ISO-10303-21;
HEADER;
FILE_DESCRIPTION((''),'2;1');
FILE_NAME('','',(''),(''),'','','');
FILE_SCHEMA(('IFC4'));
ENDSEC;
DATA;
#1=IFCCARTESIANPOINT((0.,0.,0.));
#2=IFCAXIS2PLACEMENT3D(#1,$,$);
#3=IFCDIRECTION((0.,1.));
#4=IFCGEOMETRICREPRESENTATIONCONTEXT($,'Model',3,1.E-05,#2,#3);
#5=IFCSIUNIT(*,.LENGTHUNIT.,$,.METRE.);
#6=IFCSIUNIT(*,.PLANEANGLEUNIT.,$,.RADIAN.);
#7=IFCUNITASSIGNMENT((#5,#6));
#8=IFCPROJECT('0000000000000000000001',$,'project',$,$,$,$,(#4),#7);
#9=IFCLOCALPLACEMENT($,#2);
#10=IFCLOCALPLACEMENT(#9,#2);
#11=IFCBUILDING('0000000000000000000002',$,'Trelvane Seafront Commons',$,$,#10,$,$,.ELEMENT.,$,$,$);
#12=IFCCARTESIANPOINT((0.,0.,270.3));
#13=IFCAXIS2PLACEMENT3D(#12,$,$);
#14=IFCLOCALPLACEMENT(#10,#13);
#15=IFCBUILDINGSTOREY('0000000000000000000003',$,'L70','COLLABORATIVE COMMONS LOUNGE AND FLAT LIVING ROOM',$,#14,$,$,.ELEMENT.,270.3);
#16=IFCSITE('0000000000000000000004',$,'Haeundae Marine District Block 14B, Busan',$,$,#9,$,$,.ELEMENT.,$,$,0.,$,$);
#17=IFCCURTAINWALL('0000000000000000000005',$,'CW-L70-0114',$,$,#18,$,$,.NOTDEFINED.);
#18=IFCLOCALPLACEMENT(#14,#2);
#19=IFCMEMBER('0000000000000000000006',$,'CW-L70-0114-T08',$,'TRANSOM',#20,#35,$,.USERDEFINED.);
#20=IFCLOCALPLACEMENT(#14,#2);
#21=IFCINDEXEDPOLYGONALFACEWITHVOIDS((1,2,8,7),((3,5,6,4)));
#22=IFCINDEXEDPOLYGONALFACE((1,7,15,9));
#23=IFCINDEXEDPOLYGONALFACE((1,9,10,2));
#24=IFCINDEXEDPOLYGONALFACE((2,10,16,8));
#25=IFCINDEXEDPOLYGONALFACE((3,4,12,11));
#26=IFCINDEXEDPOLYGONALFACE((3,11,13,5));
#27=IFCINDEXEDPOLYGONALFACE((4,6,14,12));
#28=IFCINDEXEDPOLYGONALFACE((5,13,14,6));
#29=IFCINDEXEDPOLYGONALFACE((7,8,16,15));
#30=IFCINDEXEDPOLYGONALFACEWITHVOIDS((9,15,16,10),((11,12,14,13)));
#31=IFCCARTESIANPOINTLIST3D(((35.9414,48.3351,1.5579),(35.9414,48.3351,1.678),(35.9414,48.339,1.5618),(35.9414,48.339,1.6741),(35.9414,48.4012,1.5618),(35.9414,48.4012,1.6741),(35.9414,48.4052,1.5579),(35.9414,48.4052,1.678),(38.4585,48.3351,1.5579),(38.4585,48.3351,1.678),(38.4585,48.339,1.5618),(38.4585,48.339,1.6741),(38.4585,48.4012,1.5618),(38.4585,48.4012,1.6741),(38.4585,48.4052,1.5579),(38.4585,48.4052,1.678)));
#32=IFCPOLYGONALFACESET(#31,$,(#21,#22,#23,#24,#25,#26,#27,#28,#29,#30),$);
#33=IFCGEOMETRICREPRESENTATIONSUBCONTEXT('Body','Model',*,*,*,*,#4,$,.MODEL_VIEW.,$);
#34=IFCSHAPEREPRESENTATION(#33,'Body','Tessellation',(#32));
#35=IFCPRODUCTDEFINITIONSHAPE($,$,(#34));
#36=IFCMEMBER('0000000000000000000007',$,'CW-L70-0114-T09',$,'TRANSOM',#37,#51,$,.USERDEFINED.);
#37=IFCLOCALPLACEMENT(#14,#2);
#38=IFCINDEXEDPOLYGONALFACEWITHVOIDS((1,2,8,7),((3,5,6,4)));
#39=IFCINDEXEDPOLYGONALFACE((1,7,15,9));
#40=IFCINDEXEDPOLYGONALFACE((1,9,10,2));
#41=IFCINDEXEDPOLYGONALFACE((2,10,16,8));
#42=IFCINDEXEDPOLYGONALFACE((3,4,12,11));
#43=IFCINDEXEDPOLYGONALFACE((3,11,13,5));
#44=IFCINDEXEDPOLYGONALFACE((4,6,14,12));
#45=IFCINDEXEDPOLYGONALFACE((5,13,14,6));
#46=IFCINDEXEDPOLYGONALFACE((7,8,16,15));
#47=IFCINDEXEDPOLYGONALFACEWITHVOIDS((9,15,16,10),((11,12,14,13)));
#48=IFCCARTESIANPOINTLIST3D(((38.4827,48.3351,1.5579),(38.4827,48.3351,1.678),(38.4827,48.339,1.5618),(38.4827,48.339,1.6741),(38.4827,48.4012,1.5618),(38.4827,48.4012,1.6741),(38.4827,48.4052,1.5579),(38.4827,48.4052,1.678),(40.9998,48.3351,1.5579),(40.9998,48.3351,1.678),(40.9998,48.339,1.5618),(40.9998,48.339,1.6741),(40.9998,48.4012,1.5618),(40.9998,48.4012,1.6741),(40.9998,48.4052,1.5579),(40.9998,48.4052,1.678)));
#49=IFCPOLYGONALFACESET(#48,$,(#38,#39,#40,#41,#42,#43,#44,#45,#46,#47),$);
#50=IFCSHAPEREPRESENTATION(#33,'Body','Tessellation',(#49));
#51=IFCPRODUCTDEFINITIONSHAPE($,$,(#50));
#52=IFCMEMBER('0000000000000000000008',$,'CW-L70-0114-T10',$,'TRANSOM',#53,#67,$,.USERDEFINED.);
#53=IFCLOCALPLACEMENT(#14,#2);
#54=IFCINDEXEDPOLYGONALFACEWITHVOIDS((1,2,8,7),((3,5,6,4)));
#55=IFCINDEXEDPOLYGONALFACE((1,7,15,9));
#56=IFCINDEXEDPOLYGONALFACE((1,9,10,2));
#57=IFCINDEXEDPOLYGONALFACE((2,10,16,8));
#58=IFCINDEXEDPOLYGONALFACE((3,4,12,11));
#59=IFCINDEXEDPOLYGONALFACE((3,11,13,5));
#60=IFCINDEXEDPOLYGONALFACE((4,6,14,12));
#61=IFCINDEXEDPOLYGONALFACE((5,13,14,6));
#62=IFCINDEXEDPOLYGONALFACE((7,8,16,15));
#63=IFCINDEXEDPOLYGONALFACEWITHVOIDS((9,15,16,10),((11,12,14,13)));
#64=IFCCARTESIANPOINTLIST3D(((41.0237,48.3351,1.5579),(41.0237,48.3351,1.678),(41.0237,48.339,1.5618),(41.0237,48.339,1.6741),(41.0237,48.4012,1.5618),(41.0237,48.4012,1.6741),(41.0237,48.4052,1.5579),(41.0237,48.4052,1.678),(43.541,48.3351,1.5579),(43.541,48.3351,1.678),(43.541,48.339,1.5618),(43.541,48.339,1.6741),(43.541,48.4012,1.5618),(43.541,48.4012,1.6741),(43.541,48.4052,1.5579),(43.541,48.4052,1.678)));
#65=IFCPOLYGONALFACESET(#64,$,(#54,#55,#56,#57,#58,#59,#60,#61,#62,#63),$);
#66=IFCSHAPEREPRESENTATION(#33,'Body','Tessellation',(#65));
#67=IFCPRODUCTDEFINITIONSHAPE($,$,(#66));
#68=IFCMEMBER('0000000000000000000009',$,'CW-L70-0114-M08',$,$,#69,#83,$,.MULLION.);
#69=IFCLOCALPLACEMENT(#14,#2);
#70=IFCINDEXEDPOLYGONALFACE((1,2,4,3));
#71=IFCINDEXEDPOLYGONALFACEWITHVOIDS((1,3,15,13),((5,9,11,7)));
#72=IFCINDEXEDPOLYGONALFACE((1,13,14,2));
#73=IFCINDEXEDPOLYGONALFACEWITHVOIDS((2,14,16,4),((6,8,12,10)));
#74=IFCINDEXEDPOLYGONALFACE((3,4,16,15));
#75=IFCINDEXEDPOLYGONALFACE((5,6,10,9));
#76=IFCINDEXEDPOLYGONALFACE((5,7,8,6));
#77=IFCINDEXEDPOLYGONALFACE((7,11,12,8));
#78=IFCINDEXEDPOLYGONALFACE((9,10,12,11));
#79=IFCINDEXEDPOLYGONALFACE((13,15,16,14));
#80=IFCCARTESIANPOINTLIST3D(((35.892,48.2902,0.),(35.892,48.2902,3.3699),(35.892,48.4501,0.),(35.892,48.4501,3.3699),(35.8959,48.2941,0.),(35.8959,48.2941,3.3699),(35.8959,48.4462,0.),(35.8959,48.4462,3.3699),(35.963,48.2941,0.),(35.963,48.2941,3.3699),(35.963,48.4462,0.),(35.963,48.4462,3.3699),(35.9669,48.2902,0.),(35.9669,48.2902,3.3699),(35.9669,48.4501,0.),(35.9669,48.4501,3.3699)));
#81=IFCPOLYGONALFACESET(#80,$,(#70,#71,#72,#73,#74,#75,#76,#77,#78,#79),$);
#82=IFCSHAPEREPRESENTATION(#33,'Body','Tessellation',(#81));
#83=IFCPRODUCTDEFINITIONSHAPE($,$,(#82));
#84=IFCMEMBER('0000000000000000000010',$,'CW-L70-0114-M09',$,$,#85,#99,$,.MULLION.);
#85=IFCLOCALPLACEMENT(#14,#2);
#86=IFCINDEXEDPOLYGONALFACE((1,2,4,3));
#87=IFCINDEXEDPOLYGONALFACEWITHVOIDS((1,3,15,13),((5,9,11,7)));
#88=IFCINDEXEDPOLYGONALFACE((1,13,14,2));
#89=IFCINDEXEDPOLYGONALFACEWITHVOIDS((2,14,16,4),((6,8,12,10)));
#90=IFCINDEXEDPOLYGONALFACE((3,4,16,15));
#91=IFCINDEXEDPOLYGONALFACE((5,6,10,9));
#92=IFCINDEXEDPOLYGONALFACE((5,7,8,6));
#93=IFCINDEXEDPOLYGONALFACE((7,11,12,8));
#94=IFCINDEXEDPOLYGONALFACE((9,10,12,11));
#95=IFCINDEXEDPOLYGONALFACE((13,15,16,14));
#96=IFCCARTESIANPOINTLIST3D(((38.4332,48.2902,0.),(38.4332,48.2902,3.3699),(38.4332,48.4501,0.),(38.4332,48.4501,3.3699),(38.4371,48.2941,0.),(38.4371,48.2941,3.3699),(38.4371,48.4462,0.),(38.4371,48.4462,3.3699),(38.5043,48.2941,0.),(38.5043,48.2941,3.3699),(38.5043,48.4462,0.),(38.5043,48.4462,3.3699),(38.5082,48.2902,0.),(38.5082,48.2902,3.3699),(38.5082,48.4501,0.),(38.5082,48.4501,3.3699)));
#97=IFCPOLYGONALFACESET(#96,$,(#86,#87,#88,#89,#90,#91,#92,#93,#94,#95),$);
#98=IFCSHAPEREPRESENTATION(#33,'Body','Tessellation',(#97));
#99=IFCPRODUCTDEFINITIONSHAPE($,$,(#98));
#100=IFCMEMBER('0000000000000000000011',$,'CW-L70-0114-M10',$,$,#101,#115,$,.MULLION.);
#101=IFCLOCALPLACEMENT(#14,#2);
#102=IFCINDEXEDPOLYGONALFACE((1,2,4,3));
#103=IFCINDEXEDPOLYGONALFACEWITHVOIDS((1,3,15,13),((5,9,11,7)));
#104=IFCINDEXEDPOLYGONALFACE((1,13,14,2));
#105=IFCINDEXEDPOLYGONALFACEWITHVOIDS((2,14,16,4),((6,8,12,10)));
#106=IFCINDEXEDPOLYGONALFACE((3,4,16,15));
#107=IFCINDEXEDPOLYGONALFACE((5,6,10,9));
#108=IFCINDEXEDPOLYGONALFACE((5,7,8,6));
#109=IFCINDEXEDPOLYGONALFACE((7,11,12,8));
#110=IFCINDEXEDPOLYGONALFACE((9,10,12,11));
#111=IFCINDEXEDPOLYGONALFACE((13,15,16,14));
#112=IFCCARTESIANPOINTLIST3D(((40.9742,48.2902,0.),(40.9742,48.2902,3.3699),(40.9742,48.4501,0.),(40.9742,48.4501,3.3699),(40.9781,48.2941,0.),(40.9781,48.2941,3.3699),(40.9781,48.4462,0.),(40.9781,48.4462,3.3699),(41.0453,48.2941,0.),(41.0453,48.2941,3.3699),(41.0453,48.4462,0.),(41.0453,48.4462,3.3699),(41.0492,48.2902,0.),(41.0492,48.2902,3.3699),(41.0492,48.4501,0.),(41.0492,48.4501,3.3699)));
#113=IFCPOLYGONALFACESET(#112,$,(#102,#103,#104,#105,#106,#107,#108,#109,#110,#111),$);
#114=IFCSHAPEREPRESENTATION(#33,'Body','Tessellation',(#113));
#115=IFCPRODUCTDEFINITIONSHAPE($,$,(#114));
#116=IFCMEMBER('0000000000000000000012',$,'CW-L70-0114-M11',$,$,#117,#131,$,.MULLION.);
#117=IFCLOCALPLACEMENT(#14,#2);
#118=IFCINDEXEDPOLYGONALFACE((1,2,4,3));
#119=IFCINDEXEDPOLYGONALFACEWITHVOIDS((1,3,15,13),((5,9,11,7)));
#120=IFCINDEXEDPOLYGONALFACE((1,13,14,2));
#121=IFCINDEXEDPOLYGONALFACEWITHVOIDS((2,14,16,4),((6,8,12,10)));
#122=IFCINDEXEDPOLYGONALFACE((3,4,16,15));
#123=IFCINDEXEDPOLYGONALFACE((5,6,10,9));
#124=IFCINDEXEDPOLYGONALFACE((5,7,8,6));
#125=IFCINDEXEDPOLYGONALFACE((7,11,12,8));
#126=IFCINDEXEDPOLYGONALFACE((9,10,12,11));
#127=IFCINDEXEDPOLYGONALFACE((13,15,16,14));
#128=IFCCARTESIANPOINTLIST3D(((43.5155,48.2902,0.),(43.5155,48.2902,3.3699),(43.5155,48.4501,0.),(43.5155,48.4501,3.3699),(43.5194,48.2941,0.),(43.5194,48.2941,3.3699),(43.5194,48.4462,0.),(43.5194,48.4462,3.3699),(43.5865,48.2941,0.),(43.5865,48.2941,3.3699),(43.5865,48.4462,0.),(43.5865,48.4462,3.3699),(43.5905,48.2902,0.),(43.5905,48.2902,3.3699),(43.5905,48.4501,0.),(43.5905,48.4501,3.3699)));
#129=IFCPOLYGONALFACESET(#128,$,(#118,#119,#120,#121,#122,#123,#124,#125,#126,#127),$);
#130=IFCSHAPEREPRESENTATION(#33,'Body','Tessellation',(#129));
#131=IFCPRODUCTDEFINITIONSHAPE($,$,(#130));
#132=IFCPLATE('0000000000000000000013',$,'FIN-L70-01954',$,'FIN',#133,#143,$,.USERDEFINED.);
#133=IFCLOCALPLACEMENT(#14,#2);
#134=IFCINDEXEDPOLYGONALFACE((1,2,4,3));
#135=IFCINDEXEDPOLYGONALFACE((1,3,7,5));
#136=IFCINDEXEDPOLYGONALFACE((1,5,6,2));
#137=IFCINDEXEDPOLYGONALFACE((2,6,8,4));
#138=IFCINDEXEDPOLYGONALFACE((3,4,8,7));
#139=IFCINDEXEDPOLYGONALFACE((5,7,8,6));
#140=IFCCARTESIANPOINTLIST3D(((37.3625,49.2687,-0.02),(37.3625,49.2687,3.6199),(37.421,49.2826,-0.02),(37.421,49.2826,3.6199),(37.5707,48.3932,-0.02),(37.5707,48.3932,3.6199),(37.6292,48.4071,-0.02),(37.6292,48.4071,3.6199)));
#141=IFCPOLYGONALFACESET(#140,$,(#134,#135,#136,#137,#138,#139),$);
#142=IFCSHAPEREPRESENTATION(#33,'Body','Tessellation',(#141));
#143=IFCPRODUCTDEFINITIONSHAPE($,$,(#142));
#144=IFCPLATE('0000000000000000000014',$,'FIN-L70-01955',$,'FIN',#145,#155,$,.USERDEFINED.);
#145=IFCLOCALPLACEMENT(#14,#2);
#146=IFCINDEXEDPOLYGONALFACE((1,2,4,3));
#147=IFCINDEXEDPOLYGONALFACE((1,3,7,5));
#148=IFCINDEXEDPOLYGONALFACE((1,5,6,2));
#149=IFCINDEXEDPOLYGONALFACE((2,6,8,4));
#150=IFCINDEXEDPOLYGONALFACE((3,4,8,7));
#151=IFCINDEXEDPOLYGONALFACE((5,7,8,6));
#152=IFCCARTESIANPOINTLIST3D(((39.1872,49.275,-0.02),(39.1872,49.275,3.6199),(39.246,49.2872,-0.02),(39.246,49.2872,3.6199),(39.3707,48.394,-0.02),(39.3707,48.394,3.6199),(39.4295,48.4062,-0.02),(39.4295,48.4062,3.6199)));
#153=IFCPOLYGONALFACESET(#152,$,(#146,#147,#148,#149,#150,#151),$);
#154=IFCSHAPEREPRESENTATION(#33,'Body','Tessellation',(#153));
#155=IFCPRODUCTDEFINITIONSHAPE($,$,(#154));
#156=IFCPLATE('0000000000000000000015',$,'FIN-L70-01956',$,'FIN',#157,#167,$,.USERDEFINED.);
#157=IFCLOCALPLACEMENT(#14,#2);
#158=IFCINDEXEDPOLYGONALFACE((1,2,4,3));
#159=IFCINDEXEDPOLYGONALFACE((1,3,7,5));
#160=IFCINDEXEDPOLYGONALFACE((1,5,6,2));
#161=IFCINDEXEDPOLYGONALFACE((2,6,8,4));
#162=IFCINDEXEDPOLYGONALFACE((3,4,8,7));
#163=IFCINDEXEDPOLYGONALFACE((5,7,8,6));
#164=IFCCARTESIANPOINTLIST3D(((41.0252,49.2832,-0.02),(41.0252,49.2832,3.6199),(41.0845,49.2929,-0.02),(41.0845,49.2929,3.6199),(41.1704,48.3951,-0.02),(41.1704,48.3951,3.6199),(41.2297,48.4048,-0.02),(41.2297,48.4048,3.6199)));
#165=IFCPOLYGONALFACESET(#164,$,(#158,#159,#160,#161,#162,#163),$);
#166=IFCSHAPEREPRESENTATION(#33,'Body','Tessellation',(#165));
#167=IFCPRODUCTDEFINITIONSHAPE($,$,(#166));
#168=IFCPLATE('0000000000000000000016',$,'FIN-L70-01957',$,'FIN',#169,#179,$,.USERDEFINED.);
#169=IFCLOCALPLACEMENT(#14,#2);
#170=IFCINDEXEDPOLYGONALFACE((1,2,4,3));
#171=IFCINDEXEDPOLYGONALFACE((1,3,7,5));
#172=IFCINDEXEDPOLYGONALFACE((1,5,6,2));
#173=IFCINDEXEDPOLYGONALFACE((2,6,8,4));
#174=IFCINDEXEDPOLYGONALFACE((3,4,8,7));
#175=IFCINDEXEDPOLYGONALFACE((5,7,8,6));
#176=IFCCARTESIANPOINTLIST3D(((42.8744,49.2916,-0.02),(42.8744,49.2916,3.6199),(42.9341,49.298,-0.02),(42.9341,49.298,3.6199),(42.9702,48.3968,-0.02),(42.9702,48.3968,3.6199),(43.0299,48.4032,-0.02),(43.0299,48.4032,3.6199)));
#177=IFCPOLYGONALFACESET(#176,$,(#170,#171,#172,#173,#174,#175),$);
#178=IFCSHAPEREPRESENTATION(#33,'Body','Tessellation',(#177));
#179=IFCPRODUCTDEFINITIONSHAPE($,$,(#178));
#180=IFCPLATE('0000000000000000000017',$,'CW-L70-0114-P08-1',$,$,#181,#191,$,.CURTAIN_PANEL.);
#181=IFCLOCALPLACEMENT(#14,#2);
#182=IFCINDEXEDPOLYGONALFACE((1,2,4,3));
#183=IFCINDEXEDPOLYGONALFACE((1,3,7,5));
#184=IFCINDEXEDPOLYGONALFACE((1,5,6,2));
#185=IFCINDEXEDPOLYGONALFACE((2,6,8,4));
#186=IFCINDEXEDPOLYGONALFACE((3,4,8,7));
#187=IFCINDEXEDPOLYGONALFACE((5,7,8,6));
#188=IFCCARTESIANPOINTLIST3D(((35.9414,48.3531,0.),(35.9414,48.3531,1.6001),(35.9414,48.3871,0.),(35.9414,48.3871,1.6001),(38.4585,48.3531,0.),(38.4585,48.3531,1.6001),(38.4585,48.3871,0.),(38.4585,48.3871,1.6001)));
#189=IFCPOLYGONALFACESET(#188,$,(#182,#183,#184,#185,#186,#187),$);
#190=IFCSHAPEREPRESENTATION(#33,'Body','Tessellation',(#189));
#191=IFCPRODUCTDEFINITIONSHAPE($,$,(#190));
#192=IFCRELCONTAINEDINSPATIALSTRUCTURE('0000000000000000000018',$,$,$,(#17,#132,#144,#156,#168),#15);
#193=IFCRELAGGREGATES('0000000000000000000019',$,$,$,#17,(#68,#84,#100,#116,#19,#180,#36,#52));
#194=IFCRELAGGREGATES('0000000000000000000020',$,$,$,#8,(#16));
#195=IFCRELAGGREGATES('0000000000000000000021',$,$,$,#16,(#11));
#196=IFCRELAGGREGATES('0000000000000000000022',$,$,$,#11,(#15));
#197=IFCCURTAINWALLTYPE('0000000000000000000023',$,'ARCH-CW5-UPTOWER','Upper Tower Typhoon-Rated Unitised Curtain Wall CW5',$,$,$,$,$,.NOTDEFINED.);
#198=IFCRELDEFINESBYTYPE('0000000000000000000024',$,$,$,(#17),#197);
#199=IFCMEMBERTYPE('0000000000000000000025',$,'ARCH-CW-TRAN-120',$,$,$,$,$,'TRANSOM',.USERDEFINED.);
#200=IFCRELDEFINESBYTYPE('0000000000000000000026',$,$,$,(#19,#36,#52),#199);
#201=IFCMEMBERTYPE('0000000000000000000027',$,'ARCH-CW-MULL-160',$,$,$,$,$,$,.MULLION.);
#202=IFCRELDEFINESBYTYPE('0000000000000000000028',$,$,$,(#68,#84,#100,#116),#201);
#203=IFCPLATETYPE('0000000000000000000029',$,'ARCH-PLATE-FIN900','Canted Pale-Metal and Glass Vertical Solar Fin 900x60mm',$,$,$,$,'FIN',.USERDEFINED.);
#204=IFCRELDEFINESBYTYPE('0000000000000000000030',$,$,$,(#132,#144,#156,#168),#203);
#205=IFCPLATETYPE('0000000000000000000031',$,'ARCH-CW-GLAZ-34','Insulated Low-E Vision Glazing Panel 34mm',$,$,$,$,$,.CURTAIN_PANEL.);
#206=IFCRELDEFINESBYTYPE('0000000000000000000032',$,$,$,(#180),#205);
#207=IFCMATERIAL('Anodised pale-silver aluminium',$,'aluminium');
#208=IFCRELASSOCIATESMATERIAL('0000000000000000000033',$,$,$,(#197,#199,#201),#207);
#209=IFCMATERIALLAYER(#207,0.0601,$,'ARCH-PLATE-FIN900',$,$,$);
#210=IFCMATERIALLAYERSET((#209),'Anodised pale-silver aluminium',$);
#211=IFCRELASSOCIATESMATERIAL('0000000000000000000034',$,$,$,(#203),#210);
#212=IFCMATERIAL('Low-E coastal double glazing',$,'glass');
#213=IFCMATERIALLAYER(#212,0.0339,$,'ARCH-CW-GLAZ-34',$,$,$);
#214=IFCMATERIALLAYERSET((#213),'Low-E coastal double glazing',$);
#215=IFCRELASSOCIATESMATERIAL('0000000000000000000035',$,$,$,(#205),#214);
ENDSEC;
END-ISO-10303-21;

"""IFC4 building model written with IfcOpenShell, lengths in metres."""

from ifc_helpers import new_model, si_unit, direction, frame, origin, origin_2d, place, context, subcontext, project, spatial, rectangle, hollow_rectangle, extrude, source, transform, mapped, material, layer, layer_set, material_profile, profile_set, type_object, element, aggregate, save


model = new_model("IFC4")

# Units and contexts
model_context = context("Model", 3, precision=1e-05, world=origin(), true_north=direction((0.0, 1.0)))
body_context = subcontext(model_context, "Body", "Model", "MODEL_VIEW")
ifc_project = project(units=[si_unit("LENGTHUNIT", "METRE"), si_unit("PLANEANGLEUNIT", "RADIAN")], contexts=[model_context])

# Site, building, storey
site_placement = place(None, origin())
site = spatial("IfcSite", under=ifc_project, at=site_placement, Name="Haeundae Marine District Block 14B, Busan", CompositionType="ELEMENT", RefElevation=0.0)
building_placement = place(site_placement, origin())
building = spatial("IfcBuilding", under=site, at=building_placement, Name="Trelvane Seafront Commons", CompositionType="ELEMENT")
storey_placement = place(building_placement, frame((0.0, 0.0, 270.3)))
storey = spatial("IfcBuildingStorey", under=building, at=storey_placement, Name="L70", Description="COLLABORATIVE COMMONS LOUNGE AND FLAT LIVING ROOM", CompositionType="ELEMENT", Elevation=270.3)

# Curtain wall, members
ifc_material_1 = material(Name="Anodised pale-silver aluminium", Category="aluminium")
curtain_wall_type = type_object("IfcCurtainWallType", Name="ARCH-CW5-UPTOWER", Description="Upper Tower Typhoon-Rated Unitised Curtain Wall CW5", PredefinedType="NOTDEFINED", material=ifc_material_1)
curtain_wall_placement = place(storey_placement, origin())
curtain_wall = element("IfcCurtainWall", 1, at=curtain_wall_placement, inside=storey, type_object=curtain_wall_type, Name="CW-L70-0114", PredefinedType="NOTDEFINED")
ifc_material_profile_1 = material_profile(ifc_material_1, hollow_rectangle(XDim=0.0701, YDim=0.1201, WallThickness=0.0039, at=origin_2d()), Name="TRAN-70x120x4")
ifc_profile_set_1 = profile_set([ifc_material_profile_1], Name="Anodised pale-silver aluminium")
member_type_1 = type_object("IfcMemberType", Name="ARCH-CW-TRAN-120", ElementType="TRANSOM", PredefinedType="USERDEFINED", material=ifc_profile_set_1)
shared_shape_1 = source(origin(), body_context, "Body", "SweptSolid", [
    extrude(hollow_rectangle(XDim=0.0701, YDim=0.1201, WallThickness=0.0039, at=origin_2d()), origin(), (0.0, 0.0, 1.0), 2.5171),
])
member_1_placement = place(storey_placement, frame((35.9414, 48.3701, 1.6179), z_axis=(1.0, 0.0, 0.0), x_axis=(0.0, 1.0, 0.0)))
member_1 = element("IfcMember", 2, at=member_1_placement, type_object=member_type_1, Name="CW-L70-0114-T08", ObjectType="TRANSOM", PredefinedType="USERDEFINED", context=body_context, shape_type="MappedRepresentation", body=[
    mapped(shared_shape_1, transform((0.0, 0.0, 0.0), x_axis=(1.0, 0.0, 0.0), y_axis=(0.0, 1.0, 0.0), z_axis=(0.0, 0.0, 1.0), scale=1.0)),
])
member_2_placement = place(storey_placement, frame((38.4827, 48.3701, 1.6179), z_axis=(1.0, 0.0, 0.0), x_axis=(0.0, 1.0, 0.0)))
member_2 = element("IfcMember", 3, at=member_2_placement, type_object=member_type_1, Name="CW-L70-0114-T09", ObjectType="TRANSOM", PredefinedType="USERDEFINED", context=body_context, shape_type="MappedRepresentation", body=[
    mapped(shared_shape_1, transform((0.0, 0.0, 0.0), x_axis=(1.0, 0.0, 0.0), y_axis=(0.0, 1.0, 0.0), z_axis=(0.0, 0.0, 1.0), scale=1.0)),
])
shared_shape_2 = source(origin(), body_context, "Body", "SweptSolid", [
    extrude(hollow_rectangle(XDim=0.0701, YDim=0.1201, WallThickness=0.0039, at=origin_2d()), origin(), (0.0, 0.0, 1.0), 2.5173),
])
member_3_placement = place(storey_placement, frame((41.0237, 48.3701, 1.6179), z_axis=(1.0, 0.0, 0.0), x_axis=(0.0, 1.0, 0.0)))
member_3 = element("IfcMember", 4, at=member_3_placement, type_object=member_type_1, Name="CW-L70-0114-T10", ObjectType="TRANSOM", PredefinedType="USERDEFINED", context=body_context, shape_type="MappedRepresentation", body=[
    mapped(shared_shape_2, transform((0.0, 0.0, 0.0), x_axis=(1.0, 0.0, 0.0), y_axis=(0.0, 1.0, 0.0), z_axis=(0.0, 0.0, 1.0), scale=1.0)),
])
ifc_material_profile_2 = material_profile(ifc_material_1, hollow_rectangle(XDim=0.075, YDim=0.1599, WallThickness=0.0039, at=origin_2d()), Name="MULL-75x160x4")
ifc_profile_set_2 = profile_set([ifc_material_profile_2], Name="Anodised pale-silver aluminium")
member_type_2 = type_object("IfcMemberType", Name="ARCH-CW-MULL-160", PredefinedType="MULLION", material=ifc_profile_set_2)
shared_shape_3 = source(origin(), body_context, "Body", "SweptSolid", [
    extrude(hollow_rectangle(XDim=0.075, YDim=0.1599, WallThickness=0.0039, at=origin_2d()), origin(), (0.0, 0.0, 1.0), 3.3699),
])
member_4_placement = place(storey_placement, frame((35.9294, 48.3701, 0.0), z_axis=(0.0, 0.0, 1.0), x_axis=(1.0, 0.0, 0.0)))
member_4 = element("IfcMember", 5, at=member_4_placement, type_object=member_type_2, Name="CW-L70-0114-M08", PredefinedType="MULLION", context=body_context, shape_type="MappedRepresentation", body=[
    mapped(shared_shape_3, transform((0.0, 0.0, 0.0), x_axis=(1.0, 0.0, 0.0), y_axis=(0.0, 1.0, 0.0), z_axis=(0.0, 0.0, 1.0), scale=1.0)),
])
member_5_placement = place(storey_placement, frame((38.4707, 48.3701, 0.0), z_axis=(0.0, 0.0, 1.0), x_axis=(1.0, 0.0, 0.0)))
member_5 = element("IfcMember", 6, at=member_5_placement, type_object=member_type_2, Name="CW-L70-0114-M09", PredefinedType="MULLION", context=body_context, shape_type="MappedRepresentation", body=[
    mapped(shared_shape_3, transform((0.0, 0.0, 0.0), x_axis=(1.0, 0.0, 0.0), y_axis=(0.0, 1.0, 0.0), z_axis=(0.0, 0.0, 1.0), scale=1.0)),
])
member_6_placement = place(storey_placement, frame((41.0117, 48.3701, 0.0), z_axis=(0.0, 0.0, 1.0), x_axis=(1.0, 0.0, 0.0)))
member_6 = element("IfcMember", 7, at=member_6_placement, type_object=member_type_2, Name="CW-L70-0114-M10", PredefinedType="MULLION", context=body_context, shape_type="MappedRepresentation", body=[
    mapped(shared_shape_3, transform((0.0, 0.0, 0.0), x_axis=(1.0, 0.0, 0.0), y_axis=(0.0, 1.0, 0.0), z_axis=(0.0, 0.0, 1.0), scale=1.0)),
])
member_7_placement = place(storey_placement, frame((43.553, 48.3701, 0.0), z_axis=(0.0, 0.0, 1.0), x_axis=(1.0, 0.0, 0.0)))
member_7 = element("IfcMember", 8, at=member_7_placement, type_object=member_type_2, Name="CW-L70-0114-M11", PredefinedType="MULLION", context=body_context, shape_type="MappedRepresentation", body=[
    mapped(shared_shape_3, transform((0.0, 0.0, 0.0), x_axis=(1.0, 0.0, 0.0), y_axis=(0.0, 1.0, 0.0), z_axis=(0.0, 0.0, 1.0), scale=1.0)),
])

# Plates
ifc_layer_1 = layer(ifc_material_1, 0.0601, Name="ARCH-PLATE-FIN900")
ifc_layer_set_1 = layer_set([ifc_layer_1], Name="Anodised pale-silver aluminium")
plate_type_1 = type_object("IfcPlateType", Name="ARCH-PLATE-FIN900", Description="Canted Pale-Metal and Glass Vertical Solar Fin 900x60mm", ElementType="FIN", PredefinedType="USERDEFINED", material=ifc_layer_set_1)
shared_shape_4 = source(origin(), body_context, "Body", "SweptSolid", [
    extrude(rectangle(XDim=0.8999, YDim=0.0601, at=origin_2d()), origin(), (0.0, 0.0, 1.0), 3.6399),
])
for number, where, z_axis, x_axis, name in (
    (9, (37.4958, 48.8379, -0.02), (0.0, 0.0, 1.0), (-0.23133, 0.972875, 0.0), "FIN-L70-01954"),
    (10, (39.3083, 48.8406, -0.02), (0.0, 0.0, 1.0), (-0.203888, 0.978994, 0.0), "FIN-L70-01955"),
    (11, (41.1274, 48.844, -0.02), (0.0, 0.0, 1.0), (-0.161335, 0.9869, 0.0), "FIN-L70-01956"),
    (12, (42.9521, 48.8474, -0.02), (0.0, 0.0, 1.0), (-0.106443, 0.994319, 0.0), "FIN-L70-01957"),
):
    element("IfcPlate", number, at=place(storey_placement, frame(where, z_axis=z_axis, x_axis=x_axis)), inside=storey, type_object=plate_type_1, Name=name, ObjectType="FIN", PredefinedType="USERDEFINED", context=body_context, shape_type="MappedRepresentation", body=[
        mapped(shared_shape_4, transform((0.0, 0.0, 0.0), x_axis=(1.0, 0.0, 0.0), y_axis=(0.0, 1.0, 0.0), z_axis=(0.0, 0.0, 1.0), scale=1.0)),
    ])

# Plate
ifc_material_2 = material(Name="Low-E coastal double glazing", Category="glass")
ifc_layer_2 = layer(ifc_material_2, 0.0339, Name="ARCH-CW-GLAZ-34")
ifc_layer_set_2 = layer_set([ifc_layer_2], Name="Low-E coastal double glazing")
plate_type_2 = type_object("IfcPlateType", Name="ARCH-CW-GLAZ-34", Description="Insulated Low-E Vision Glazing Panel 34mm", PredefinedType="CURTAIN_PANEL", material=ifc_layer_set_2)
shared_shape_5 = source(origin(), body_context, "Body", "SweptSolid", [
    extrude(rectangle(XDim=2.5171, YDim=0.0339, at=origin_2d()), origin(), (0.0, 0.0, 1.0), 1.6001),
])
plate_1_placement = place(storey_placement, frame((37.2, 48.3701, 0.0), z_axis=(0.0, 0.0, 1.0), x_axis=(1.0, 0.0, 0.0)))
plate_1 = element("IfcPlate", 13, at=plate_1_placement, type_object=plate_type_2, Name="CW-L70-0114-P08-1", PredefinedType="CURTAIN_PANEL", context=body_context, shape_type="MappedRepresentation", body=[
    mapped(shared_shape_5, transform((0.0, 0.0, 0.0), x_axis=(1.0, 0.0, 0.0), y_axis=(0.0, 1.0, 0.0), z_axis=(0.0, 0.0, 1.0), scale=1.0)),
])
aggregate(curtain_wall, [member_4, member_5, member_6, member_7, member_1, plate_1, member_2, member_3])

save(model, "model.ifc")
